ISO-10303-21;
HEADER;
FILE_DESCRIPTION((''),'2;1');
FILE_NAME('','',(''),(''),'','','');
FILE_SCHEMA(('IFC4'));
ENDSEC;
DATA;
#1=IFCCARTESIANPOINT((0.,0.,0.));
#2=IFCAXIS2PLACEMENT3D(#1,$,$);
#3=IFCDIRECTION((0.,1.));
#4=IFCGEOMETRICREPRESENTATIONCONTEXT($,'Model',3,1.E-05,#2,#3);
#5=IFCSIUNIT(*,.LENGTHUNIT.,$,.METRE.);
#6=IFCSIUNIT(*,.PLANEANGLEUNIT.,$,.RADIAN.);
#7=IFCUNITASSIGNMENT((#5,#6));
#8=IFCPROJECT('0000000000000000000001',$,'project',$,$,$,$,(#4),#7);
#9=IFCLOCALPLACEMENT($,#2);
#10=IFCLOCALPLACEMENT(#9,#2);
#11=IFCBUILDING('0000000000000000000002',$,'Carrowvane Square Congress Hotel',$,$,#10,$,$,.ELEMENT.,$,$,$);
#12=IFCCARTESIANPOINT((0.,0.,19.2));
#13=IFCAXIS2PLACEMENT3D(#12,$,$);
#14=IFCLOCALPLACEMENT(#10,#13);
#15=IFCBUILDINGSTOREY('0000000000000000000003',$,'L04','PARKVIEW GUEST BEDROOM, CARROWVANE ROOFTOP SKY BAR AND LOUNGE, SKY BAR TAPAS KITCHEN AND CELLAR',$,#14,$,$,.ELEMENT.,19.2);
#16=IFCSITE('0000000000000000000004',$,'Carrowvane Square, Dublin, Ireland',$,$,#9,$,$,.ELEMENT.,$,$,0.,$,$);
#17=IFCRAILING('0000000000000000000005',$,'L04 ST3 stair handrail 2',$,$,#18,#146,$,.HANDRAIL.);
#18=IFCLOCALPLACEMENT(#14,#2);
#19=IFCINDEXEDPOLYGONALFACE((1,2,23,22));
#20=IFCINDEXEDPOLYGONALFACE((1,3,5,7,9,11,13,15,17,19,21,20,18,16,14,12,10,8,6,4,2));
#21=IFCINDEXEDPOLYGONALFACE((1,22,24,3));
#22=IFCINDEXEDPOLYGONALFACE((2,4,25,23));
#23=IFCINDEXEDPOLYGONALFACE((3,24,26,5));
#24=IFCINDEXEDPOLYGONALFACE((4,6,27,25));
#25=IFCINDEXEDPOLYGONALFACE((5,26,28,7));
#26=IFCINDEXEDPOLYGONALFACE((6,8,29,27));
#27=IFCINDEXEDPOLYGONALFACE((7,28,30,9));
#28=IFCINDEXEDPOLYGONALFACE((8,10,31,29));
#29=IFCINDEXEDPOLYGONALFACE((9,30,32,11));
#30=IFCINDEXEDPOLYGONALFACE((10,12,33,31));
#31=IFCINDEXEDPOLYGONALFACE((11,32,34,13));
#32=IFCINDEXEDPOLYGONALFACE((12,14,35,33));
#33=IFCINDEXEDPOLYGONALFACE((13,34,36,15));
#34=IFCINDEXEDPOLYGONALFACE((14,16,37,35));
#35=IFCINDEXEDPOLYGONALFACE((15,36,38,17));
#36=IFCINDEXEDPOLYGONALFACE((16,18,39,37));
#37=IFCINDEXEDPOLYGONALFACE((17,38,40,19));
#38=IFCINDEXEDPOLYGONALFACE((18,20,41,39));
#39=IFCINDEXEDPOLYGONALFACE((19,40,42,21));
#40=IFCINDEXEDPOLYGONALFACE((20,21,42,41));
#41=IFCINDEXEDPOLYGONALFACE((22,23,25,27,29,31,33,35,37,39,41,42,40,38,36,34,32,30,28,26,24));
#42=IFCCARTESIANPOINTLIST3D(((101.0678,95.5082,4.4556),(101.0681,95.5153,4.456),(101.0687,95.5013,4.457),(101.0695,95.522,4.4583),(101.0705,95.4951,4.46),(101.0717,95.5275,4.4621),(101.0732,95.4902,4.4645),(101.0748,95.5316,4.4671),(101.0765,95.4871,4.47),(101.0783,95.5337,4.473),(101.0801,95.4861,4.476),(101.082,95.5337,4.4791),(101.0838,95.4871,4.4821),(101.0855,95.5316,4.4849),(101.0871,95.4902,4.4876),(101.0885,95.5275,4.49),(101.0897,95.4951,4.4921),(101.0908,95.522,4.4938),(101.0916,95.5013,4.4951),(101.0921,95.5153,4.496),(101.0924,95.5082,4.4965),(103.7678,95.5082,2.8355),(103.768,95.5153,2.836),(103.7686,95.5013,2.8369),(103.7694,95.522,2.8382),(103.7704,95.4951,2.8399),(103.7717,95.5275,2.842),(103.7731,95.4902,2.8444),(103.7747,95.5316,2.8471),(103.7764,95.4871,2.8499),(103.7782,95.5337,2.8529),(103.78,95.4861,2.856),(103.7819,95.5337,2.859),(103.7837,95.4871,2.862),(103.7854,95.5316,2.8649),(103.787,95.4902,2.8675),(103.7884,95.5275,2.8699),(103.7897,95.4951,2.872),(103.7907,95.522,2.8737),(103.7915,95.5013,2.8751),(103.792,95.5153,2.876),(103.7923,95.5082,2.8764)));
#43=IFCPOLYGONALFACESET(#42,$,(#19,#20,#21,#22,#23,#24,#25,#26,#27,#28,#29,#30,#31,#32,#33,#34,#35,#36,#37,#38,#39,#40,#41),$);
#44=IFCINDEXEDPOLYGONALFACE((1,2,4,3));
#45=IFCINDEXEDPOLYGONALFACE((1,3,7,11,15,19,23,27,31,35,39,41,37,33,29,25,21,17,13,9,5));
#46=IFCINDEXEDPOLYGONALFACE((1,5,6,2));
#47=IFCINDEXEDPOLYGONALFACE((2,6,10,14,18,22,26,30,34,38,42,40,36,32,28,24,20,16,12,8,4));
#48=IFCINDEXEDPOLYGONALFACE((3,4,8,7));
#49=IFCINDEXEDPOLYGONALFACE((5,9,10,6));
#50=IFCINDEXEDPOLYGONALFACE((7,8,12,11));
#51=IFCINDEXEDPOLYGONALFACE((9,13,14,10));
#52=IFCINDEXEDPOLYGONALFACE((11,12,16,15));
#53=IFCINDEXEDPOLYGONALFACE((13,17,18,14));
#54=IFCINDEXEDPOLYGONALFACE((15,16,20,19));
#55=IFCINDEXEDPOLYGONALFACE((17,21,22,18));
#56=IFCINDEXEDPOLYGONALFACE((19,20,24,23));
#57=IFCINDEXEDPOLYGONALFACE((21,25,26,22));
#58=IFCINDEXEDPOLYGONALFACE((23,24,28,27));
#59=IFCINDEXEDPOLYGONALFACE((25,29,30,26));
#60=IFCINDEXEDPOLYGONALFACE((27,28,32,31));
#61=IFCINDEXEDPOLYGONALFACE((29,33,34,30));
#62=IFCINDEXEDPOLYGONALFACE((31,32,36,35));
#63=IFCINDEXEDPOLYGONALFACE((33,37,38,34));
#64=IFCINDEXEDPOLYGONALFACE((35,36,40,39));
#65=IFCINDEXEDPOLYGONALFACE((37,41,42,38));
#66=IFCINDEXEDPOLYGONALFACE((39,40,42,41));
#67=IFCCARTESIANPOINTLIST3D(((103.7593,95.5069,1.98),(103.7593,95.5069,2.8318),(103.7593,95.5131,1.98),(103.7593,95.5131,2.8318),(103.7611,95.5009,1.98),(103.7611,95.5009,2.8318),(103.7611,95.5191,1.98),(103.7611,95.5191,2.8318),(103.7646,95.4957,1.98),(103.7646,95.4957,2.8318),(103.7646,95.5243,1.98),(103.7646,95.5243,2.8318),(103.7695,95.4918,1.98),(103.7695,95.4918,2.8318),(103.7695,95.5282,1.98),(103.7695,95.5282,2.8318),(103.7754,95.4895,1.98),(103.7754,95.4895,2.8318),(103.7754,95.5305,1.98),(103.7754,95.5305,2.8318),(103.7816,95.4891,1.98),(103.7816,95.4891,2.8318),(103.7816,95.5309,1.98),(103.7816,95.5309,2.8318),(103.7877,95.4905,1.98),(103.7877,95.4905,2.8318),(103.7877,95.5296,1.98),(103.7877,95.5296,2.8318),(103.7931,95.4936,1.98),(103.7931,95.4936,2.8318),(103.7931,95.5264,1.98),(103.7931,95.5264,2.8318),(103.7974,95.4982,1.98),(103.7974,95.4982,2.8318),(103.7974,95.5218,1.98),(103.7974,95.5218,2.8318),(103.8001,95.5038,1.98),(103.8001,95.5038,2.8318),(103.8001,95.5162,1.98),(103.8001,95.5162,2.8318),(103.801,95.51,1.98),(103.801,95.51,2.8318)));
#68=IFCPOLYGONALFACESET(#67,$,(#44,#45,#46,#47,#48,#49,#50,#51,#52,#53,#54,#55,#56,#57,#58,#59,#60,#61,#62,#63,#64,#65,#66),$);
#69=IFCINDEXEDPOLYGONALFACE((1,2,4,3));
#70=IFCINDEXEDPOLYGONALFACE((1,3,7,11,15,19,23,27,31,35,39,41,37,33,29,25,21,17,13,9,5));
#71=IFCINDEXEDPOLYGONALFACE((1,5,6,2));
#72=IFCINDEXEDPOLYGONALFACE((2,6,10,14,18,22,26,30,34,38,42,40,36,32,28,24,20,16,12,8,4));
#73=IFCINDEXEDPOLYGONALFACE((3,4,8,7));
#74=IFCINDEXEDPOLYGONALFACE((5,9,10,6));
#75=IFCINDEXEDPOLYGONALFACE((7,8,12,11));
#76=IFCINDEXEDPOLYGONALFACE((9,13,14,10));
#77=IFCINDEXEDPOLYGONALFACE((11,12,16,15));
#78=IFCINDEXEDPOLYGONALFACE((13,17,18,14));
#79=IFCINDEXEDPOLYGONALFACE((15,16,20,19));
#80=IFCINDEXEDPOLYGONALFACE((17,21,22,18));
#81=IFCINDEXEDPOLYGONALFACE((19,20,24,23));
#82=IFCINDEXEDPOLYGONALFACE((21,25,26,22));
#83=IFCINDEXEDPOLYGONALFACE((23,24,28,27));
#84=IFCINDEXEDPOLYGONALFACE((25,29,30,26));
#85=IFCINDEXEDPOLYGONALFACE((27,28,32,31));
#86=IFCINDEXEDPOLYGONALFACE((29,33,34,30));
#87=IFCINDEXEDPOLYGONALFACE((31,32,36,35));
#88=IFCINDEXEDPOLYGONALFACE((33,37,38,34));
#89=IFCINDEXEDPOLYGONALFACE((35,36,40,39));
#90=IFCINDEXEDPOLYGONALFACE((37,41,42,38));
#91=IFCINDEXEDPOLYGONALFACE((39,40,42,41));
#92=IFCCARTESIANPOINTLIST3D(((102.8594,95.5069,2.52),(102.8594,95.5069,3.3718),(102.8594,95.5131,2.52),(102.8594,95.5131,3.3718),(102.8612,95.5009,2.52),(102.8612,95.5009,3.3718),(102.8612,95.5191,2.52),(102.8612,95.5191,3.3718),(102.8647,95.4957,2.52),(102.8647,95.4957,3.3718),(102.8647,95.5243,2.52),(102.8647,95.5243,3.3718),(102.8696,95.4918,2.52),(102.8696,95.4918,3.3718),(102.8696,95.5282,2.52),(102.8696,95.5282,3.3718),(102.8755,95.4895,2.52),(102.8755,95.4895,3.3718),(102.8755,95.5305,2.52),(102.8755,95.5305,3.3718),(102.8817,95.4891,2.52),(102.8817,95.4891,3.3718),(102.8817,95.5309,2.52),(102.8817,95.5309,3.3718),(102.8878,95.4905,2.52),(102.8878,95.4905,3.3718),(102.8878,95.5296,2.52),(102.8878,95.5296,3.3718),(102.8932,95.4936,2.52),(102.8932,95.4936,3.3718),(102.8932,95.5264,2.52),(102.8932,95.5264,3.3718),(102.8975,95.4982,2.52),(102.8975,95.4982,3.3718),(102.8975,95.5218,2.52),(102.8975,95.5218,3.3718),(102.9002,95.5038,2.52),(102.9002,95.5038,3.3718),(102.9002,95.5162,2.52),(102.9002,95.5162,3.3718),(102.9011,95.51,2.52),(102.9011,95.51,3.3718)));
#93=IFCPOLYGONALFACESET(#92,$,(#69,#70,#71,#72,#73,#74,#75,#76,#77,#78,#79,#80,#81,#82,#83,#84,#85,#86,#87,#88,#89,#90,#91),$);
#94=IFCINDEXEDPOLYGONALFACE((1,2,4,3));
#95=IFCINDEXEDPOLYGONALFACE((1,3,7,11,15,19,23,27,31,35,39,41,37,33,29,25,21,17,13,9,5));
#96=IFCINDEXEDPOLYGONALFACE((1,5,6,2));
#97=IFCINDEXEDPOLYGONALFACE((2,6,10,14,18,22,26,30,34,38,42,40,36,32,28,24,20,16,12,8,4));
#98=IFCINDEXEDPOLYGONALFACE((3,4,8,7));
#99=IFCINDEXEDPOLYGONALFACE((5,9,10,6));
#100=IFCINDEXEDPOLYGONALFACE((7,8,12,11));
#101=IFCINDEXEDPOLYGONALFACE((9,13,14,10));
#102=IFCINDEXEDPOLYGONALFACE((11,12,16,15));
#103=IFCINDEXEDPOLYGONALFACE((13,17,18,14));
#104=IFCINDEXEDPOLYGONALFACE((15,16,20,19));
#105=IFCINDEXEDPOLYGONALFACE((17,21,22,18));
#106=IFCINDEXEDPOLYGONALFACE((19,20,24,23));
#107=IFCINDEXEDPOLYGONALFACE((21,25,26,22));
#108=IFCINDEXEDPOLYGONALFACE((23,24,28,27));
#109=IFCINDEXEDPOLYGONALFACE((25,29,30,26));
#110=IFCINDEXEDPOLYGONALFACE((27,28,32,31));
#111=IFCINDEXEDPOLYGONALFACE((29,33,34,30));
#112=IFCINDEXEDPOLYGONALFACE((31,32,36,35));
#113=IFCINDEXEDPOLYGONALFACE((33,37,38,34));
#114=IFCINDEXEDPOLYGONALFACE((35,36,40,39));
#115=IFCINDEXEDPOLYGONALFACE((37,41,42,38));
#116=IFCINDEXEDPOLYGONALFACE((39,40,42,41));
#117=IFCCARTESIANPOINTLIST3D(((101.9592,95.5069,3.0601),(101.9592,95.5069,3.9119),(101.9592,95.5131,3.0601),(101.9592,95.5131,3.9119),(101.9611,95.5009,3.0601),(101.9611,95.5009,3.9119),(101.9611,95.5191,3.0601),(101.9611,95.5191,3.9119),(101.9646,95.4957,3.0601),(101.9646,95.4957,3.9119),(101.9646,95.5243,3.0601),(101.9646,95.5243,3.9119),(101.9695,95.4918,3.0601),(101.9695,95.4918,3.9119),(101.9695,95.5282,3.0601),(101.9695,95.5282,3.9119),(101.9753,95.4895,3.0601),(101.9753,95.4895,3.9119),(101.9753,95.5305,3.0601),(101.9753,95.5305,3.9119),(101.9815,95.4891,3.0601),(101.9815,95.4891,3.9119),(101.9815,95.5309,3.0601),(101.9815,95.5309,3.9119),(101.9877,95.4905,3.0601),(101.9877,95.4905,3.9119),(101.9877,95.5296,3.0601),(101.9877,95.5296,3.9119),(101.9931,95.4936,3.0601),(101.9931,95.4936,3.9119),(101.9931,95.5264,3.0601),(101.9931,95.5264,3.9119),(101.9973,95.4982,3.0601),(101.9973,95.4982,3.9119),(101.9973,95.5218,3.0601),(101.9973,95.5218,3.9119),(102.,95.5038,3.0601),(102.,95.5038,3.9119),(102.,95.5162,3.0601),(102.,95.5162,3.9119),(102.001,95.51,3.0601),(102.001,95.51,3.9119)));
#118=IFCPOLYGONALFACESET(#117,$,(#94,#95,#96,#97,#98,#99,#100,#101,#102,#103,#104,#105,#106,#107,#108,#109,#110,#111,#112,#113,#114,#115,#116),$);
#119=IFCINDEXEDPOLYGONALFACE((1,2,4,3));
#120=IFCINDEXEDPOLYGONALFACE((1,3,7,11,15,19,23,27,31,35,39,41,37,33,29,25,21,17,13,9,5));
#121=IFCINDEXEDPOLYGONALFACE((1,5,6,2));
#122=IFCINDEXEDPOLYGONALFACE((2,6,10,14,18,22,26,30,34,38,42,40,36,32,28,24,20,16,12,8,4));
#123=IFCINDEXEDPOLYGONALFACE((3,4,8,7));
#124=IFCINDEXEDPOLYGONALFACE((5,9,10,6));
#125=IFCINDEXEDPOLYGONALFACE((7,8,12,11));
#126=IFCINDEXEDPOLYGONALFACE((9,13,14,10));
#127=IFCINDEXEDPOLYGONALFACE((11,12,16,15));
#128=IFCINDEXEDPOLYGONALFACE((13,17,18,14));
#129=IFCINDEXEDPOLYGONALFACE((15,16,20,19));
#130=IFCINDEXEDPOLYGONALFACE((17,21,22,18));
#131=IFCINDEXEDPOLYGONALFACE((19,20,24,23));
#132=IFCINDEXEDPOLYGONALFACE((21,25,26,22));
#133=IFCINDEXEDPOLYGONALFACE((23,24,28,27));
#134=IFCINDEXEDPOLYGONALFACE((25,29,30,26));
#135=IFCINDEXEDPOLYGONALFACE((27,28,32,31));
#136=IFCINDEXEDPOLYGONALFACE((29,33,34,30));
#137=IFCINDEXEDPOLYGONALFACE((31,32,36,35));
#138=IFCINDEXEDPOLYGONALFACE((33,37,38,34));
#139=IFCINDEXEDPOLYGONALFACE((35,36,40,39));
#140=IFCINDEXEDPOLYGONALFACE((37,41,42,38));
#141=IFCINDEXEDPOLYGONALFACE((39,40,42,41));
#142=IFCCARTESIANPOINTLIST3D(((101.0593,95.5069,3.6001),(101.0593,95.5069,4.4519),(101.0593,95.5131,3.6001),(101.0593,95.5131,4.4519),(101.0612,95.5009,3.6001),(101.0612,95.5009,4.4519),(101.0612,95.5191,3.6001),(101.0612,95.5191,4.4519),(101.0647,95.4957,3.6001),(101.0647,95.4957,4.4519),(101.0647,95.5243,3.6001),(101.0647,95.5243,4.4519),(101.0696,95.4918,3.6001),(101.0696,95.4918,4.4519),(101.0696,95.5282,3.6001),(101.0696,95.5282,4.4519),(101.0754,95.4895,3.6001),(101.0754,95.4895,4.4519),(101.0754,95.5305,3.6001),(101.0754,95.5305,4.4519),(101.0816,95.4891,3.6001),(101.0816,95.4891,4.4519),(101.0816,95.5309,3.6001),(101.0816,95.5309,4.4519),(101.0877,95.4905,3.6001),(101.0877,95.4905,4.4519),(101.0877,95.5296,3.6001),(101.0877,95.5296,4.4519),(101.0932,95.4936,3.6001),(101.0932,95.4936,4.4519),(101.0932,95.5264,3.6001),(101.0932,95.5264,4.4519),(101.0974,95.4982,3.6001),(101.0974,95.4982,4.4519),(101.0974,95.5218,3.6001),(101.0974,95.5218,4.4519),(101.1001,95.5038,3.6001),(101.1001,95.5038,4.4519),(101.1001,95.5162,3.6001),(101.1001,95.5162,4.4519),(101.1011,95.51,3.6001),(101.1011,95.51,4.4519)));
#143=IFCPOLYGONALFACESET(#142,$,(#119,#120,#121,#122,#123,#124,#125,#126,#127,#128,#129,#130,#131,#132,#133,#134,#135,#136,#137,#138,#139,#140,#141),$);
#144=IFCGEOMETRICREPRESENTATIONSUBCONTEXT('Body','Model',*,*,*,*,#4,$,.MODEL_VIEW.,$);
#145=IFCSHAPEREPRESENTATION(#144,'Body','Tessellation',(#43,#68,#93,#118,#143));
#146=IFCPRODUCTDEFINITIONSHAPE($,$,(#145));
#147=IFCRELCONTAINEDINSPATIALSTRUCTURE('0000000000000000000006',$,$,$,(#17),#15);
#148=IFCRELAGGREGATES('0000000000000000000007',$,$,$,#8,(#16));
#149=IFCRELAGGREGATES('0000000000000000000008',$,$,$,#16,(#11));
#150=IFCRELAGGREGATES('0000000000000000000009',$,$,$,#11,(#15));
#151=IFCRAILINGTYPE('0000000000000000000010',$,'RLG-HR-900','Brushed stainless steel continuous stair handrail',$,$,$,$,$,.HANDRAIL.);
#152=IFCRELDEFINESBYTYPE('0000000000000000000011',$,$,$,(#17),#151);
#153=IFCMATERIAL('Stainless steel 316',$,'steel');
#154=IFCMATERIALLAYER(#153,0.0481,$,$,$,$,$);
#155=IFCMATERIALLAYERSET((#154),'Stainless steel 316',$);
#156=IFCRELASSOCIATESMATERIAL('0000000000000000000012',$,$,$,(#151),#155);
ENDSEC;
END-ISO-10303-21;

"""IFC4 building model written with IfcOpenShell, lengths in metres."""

from ifc_helpers import new_model, si_unit, direction, frame, origin, origin_2d, place, context, subcontext, project, spatial, circle, extrude, material, layer, layer_set, type_object, element, save


model = new_model("IFC4")

# Units and contexts
model_context = context("Model", 3, precision=1e-05, world=origin(), true_north=direction((0.0, 1.0)))
body_context = subcontext(model_context, "Body", "Model", "MODEL_VIEW")
ifc_project = project(units=[si_unit("LENGTHUNIT", "METRE"), si_unit("PLANEANGLEUNIT", "RADIAN")], contexts=[model_context])

# Site, building, storey
site_placement = place(None, origin())
site = spatial("IfcSite", under=ifc_project, at=site_placement, Name="Carrowvane Square, Dublin, Ireland", CompositionType="ELEMENT", RefElevation=0.0)
building_placement = place(site_placement, origin())
building = spatial("IfcBuilding", under=site, at=building_placement, Name="Carrowvane Square Congress Hotel", CompositionType="ELEMENT")
storey_placement = place(building_placement, frame((0.0, 0.0, 19.2)))
storey = spatial("IfcBuildingStorey", under=building, at=storey_placement, Name="L04", Description="PARKVIEW GUEST BEDROOM, CARROWVANE ROOFTOP SKY BAR AND LOUNGE, SKY BAR TAPAS KITCHEN AND CELLAR", CompositionType="ELEMENT", Elevation=19.2)

# Railing
ifc_material_1 = material(Name="Stainless steel 316", Category="steel")
ifc_layer_1 = layer(ifc_material_1, 0.0481)
ifc_layer_set_1 = layer_set([ifc_layer_1], Name="Stainless steel 316")
railing_type_1 = type_object("IfcRailingType", Name="RLG-HR-900", Description="Brushed stainless steel continuous stair handrail", PredefinedType="HANDRAIL", material=ifc_layer_set_1)
railing_1_placement = place(storey_placement, frame((103.78, 95.51, 1.98)))
element("IfcRailing", 1, at=railing_1_placement, inside=storey, type_object=railing_type_1, Name="L04 ST3 stair handrail 2", PredefinedType="HANDRAIL", context=body_context, shape_type="SweptSolid", body=[
    extrude(circle(Radius=0.0239, at=origin_2d()), frame((0.0, 0.0, 0.876), z_axis=(-0.857472, 0.0, 0.51453), x_axis=(0.0, -1.0, 0.0)), (0.0, 0.0, 1.0), 3.1487),
    extrude(circle(Radius=0.021, at=origin_2d()), origin(), (0.0, 0.0, 1.0), 0.8518),
    extrude(circle(Radius=0.021, at=origin_2d()), frame((-0.8999, 0.0, 0.54)), (0.0, 0.0, 1.0), 0.8518),
    extrude(circle(Radius=0.021, at=origin_2d()), frame((-1.8, 0.0, 1.0801)), (0.0, 0.0, 1.0), 0.8518),
    extrude(circle(Radius=0.021, at=origin_2d()), frame((-2.7, 0.0, 1.6201)), (0.0, 0.0, 1.0), 0.8518),
])

save(model, "model.ifc")
